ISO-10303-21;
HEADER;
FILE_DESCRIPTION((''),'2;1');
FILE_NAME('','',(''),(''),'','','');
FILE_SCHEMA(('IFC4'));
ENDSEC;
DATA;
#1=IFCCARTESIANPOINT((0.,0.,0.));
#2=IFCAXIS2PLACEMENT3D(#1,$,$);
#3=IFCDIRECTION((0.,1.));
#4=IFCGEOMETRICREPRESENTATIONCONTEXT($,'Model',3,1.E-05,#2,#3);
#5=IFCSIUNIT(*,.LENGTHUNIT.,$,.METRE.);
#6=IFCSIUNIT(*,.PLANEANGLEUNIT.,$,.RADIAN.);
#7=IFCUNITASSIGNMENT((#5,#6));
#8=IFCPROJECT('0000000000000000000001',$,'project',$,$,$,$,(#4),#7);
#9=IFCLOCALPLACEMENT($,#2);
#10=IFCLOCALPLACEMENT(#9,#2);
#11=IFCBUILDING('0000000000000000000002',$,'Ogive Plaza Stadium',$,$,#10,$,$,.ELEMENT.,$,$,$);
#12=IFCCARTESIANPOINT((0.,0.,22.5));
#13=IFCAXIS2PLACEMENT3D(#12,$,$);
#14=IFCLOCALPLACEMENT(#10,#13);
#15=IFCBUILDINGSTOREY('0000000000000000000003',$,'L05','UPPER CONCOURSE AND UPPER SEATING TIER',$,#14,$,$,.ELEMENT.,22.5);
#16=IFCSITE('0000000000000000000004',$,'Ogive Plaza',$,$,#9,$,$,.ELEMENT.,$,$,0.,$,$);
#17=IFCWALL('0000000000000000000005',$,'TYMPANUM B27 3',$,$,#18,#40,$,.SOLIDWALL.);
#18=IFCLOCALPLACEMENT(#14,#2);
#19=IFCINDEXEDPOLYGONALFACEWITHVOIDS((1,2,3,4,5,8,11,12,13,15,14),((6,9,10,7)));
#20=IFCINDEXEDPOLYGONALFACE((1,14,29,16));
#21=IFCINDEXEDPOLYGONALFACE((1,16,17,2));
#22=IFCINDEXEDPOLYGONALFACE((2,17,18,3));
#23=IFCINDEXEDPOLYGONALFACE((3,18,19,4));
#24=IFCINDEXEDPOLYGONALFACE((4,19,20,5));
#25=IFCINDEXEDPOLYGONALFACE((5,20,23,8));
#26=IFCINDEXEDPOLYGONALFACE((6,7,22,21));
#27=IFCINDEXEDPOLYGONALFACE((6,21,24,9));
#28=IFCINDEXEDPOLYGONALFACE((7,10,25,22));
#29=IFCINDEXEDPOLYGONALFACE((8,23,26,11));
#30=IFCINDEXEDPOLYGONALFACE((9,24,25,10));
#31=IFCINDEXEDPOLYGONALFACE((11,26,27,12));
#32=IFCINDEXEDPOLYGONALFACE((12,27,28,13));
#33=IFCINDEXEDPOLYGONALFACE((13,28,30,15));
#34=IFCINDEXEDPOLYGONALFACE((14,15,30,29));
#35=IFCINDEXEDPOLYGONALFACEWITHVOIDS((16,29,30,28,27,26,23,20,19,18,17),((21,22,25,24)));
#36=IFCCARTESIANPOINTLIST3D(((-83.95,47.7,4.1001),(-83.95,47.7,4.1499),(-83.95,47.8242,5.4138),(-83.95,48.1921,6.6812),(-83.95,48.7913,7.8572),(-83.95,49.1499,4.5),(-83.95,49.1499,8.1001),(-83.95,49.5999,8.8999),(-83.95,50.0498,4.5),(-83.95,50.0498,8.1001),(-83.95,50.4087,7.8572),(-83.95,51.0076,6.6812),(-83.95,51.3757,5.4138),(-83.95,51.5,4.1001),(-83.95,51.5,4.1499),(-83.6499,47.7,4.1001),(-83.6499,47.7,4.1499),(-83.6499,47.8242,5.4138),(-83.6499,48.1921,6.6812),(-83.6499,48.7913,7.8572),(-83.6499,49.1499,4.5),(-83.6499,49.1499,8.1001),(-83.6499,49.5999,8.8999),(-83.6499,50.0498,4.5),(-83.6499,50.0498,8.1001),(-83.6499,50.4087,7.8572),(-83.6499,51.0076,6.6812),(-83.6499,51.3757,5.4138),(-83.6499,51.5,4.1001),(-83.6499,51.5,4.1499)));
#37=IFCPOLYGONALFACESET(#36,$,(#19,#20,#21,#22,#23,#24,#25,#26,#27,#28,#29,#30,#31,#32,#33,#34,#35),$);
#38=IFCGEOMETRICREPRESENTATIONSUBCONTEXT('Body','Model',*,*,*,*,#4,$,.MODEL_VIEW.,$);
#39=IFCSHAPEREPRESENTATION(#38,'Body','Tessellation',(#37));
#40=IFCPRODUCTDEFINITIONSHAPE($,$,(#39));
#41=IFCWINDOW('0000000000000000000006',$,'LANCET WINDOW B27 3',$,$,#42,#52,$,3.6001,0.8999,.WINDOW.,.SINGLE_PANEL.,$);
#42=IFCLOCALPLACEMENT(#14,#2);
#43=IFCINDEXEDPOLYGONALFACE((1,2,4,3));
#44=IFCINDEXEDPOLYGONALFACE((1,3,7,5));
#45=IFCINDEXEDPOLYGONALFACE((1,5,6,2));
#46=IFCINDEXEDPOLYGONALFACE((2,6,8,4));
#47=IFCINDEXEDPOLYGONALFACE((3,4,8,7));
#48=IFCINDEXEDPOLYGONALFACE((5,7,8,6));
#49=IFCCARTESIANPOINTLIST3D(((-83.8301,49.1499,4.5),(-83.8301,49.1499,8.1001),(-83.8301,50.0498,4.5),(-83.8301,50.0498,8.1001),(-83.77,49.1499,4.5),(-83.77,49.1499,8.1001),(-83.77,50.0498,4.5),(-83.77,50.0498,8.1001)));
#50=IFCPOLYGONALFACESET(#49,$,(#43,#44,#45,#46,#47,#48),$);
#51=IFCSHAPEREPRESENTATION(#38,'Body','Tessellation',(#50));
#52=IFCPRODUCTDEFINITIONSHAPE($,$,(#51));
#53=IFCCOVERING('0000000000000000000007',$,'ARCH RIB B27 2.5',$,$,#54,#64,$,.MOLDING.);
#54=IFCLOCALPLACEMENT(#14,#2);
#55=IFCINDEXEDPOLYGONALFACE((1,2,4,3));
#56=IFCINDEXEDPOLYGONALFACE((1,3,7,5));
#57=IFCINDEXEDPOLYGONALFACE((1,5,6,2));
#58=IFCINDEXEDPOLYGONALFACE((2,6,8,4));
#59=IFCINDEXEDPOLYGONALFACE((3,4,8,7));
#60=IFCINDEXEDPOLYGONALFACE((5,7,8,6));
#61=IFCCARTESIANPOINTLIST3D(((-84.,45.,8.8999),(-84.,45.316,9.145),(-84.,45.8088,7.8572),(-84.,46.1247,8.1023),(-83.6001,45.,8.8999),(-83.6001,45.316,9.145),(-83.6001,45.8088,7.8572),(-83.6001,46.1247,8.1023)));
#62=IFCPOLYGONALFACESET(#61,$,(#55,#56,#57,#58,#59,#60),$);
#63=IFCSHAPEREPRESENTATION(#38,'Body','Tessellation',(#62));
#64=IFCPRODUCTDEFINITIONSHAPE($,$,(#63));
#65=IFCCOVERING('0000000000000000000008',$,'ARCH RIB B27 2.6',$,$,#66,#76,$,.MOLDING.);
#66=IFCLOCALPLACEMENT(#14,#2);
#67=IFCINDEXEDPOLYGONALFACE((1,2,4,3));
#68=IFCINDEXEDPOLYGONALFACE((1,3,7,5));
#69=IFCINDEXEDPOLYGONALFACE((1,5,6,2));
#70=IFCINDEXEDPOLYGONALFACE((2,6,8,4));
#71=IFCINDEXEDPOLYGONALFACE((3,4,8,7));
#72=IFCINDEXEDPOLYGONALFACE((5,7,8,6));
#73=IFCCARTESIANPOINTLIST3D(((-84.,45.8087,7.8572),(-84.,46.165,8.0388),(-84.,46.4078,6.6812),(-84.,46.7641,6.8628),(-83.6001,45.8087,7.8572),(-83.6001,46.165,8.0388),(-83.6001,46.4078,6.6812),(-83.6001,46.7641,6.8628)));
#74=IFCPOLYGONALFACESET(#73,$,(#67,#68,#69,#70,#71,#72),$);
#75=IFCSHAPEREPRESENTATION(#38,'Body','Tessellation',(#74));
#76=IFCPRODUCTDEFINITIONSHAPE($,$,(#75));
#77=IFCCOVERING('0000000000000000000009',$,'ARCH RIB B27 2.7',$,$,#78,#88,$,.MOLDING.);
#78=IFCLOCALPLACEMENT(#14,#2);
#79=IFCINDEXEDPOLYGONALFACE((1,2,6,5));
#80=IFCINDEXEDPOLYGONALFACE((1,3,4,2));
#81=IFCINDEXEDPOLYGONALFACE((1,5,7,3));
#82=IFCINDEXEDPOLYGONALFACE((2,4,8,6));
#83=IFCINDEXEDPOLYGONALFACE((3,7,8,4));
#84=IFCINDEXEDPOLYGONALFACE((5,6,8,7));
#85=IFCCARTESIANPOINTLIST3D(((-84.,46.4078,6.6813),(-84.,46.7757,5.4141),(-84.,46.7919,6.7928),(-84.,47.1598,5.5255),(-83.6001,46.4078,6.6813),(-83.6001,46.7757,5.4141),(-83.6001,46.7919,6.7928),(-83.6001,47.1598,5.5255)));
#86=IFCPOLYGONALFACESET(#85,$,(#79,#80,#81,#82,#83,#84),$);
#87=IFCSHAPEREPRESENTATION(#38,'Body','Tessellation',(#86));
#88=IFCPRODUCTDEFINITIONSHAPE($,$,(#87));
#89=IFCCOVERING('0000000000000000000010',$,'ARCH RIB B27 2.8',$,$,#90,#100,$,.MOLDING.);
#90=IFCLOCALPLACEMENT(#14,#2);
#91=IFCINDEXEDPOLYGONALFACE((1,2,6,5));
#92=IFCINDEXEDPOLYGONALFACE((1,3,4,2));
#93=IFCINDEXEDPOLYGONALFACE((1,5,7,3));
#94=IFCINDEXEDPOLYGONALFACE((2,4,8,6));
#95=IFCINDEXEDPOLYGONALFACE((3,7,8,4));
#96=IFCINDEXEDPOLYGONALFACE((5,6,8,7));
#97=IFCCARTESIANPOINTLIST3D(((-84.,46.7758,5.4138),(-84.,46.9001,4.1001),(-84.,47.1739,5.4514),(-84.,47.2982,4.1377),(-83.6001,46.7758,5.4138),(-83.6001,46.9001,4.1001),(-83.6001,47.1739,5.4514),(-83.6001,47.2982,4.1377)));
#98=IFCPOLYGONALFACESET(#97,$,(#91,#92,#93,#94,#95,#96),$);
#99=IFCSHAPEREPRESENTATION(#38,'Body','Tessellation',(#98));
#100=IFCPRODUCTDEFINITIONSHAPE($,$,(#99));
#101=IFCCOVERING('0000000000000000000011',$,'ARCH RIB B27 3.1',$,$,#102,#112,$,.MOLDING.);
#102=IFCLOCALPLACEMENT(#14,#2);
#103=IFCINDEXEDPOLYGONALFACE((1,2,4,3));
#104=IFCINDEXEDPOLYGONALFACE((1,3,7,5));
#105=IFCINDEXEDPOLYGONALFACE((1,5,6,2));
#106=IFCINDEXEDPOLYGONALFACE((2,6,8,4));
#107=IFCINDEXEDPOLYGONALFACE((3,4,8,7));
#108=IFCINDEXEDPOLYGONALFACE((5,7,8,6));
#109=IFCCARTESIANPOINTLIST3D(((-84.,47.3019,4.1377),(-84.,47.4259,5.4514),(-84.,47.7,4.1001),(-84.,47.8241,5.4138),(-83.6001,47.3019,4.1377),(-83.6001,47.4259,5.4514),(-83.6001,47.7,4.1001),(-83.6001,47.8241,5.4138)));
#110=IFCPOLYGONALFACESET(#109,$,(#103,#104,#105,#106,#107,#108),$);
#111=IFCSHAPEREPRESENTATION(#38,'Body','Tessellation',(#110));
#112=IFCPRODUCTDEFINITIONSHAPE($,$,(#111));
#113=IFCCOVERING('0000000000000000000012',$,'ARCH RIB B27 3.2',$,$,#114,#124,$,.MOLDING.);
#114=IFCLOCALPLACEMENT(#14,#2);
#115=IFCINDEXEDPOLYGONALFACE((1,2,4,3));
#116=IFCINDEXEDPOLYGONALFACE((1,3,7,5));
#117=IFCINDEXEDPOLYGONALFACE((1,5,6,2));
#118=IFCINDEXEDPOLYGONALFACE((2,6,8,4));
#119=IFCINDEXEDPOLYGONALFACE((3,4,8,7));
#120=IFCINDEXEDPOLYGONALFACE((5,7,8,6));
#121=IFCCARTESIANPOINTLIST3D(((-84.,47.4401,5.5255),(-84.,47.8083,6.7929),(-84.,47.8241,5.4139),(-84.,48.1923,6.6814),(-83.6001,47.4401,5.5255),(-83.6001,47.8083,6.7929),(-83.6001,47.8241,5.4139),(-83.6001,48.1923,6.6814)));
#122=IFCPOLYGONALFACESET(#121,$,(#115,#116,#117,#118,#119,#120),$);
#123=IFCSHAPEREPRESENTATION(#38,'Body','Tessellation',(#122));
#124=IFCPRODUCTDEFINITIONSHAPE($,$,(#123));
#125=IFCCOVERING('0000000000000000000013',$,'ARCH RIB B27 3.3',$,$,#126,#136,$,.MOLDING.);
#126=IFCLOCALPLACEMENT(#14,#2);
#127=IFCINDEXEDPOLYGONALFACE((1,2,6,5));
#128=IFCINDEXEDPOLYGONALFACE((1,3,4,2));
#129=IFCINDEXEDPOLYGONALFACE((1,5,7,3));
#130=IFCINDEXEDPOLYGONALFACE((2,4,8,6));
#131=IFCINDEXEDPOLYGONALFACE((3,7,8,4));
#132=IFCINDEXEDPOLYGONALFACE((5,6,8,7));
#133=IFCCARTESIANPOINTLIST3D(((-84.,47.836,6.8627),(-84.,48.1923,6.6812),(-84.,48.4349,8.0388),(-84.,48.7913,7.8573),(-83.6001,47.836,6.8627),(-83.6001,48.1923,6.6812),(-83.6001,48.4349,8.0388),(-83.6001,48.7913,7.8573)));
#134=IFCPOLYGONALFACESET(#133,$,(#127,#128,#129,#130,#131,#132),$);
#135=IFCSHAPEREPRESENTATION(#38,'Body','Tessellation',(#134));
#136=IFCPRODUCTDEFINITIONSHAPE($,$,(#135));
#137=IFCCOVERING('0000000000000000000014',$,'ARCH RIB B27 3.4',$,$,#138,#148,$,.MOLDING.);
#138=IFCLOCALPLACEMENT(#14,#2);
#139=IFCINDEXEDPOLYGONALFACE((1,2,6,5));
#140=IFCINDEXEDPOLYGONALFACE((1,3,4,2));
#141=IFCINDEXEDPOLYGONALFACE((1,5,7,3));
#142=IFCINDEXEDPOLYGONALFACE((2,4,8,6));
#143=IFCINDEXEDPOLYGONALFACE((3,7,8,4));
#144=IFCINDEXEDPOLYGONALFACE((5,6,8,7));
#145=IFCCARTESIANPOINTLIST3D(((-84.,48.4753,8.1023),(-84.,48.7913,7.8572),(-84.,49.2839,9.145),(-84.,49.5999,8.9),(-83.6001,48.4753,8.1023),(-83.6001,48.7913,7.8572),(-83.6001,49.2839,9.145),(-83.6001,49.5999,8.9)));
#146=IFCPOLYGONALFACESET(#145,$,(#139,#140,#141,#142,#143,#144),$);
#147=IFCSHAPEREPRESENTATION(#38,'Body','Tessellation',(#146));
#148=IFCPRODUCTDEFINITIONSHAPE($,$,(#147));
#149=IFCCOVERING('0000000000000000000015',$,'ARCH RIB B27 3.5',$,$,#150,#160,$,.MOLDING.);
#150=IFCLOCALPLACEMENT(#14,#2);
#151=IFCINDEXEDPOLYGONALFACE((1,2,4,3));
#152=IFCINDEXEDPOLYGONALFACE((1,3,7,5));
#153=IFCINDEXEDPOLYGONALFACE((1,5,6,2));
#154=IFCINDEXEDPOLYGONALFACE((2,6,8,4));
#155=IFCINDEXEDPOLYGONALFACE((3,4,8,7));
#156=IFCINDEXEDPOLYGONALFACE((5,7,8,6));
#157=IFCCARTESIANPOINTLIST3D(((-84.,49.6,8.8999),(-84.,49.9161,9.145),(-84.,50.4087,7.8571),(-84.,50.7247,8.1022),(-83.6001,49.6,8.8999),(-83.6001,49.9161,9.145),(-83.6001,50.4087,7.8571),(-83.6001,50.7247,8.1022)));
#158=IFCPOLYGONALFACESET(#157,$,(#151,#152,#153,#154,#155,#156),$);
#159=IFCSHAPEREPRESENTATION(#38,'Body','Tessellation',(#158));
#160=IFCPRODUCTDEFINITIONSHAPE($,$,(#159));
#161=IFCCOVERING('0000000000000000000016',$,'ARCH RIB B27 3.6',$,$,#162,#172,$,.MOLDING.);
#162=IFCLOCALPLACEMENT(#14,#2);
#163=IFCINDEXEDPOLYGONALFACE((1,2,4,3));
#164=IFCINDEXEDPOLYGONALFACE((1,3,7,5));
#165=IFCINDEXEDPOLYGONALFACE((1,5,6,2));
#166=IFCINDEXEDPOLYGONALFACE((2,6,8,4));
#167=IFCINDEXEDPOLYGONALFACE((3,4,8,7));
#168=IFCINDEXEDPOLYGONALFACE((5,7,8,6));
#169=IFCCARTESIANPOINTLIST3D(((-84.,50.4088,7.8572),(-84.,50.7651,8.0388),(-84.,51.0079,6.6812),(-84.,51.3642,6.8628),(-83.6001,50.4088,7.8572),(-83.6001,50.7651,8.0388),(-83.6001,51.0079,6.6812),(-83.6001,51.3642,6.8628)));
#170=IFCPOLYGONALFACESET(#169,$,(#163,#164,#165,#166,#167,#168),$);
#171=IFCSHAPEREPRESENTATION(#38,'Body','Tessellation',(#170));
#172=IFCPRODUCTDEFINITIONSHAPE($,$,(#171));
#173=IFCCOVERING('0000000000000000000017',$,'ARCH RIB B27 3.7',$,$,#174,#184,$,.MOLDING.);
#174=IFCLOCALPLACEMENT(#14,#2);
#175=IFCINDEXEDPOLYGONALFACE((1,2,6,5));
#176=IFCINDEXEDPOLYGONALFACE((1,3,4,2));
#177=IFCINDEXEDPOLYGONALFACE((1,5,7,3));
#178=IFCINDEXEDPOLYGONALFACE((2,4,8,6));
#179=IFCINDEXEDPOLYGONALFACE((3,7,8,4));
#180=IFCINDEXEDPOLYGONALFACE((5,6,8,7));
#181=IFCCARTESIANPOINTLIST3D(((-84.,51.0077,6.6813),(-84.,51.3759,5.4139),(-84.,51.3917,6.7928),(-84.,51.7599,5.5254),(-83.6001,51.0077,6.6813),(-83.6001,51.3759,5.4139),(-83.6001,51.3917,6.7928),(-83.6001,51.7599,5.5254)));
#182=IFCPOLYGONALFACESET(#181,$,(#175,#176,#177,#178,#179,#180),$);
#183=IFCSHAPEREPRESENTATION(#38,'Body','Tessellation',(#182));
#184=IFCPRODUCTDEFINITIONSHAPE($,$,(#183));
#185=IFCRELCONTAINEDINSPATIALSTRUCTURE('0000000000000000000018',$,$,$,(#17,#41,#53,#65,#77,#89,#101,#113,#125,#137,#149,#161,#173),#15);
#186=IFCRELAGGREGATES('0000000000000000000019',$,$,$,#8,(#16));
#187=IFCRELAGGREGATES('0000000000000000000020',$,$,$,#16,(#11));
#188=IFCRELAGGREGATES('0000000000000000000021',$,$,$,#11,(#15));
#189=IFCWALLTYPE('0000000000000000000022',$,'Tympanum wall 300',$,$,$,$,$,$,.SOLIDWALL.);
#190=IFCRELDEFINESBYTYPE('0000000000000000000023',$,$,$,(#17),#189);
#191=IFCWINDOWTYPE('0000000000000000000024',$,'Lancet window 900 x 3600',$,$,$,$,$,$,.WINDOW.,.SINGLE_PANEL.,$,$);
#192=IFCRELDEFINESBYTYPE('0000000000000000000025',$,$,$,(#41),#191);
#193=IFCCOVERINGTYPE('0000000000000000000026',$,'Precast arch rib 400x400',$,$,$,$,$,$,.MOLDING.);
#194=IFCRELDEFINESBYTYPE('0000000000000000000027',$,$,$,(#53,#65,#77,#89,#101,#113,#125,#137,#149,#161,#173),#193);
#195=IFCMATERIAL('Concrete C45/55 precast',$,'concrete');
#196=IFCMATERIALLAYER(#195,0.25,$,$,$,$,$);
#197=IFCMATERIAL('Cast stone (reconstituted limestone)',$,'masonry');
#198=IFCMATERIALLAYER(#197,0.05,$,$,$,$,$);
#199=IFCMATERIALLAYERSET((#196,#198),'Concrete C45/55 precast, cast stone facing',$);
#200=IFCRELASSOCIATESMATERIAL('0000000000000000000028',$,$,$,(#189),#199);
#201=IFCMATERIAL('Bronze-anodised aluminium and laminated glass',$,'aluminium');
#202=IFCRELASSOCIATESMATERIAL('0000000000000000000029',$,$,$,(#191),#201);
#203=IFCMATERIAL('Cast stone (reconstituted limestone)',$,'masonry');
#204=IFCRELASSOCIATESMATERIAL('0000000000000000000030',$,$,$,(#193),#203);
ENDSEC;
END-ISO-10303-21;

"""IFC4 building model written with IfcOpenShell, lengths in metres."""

from ifc_helpers import new_model, si_unit, direction, frame, frame_2d, origin, origin_2d, place, context, subcontext, project, spatial, polyline, rectangle, outline, extrude, material, layer, layer_set, material_profile, profile_set, type_object, element, fill, save


model = new_model("IFC4")

# Units and contexts
model_context = context("Model", 3, precision=1e-05, world=origin(), true_north=direction((0.0, 1.0)))
body_context = subcontext(model_context, "Body", "Model", "MODEL_VIEW")
ifc_project = project(units=[si_unit("LENGTHUNIT", "METRE"), si_unit("PLANEANGLEUNIT", "RADIAN")], contexts=[model_context])

# Site, building, storey
site_placement = place(None, origin())
site = spatial("IfcSite", under=ifc_project, at=site_placement, Name="Ogive Plaza", CompositionType="ELEMENT", RefElevation=0.0)
building_placement = place(site_placement, origin())
building = spatial("IfcBuilding", under=site, at=building_placement, Name="Ogive Plaza Stadium", CompositionType="ELEMENT")
storey_placement = place(building_placement, frame((0.0, 0.0, 22.5)))
storey = spatial("IfcBuildingStorey", under=building, at=storey_placement, Name="L05", Description="UPPER CONCOURSE AND UPPER SEATING TIER", CompositionType="ELEMENT", Elevation=22.5)

# Wall, opening, window
ifc_material_1 = material(Name="Concrete C45/55 precast", Category="concrete")
ifc_layer_1 = layer(ifc_material_1, 0.25)
ifc_material_2 = material(Name="Cast stone (reconstituted limestone)", Category="masonry")
ifc_layer_2 = layer(ifc_material_2, 0.05)
ifc_layer_set_1 = layer_set([ifc_layer_1, ifc_layer_2], Name="Concrete C45/55 precast, cast stone facing")
wall_type = type_object("IfcWallType", Name="Tympanum wall 300", PredefinedType="SOLIDWALL", material=ifc_layer_set_1)
wall_placement = place(storey_placement, frame((-83.8, 47.7, 4.1001), z_axis=(0.0, 0.0, 1.0), x_axis=(0.0, 1.0, 0.0)))
wall = element("IfcWall", 1, at=wall_placement, inside=storey, type_object=wall_type, Name="TYMPANUM B27 3", PredefinedType="SOLIDWALL", context=body_context, shape_type="SweptSolid", body=[
    extrude(outline(polyline([(0.0, 0.0), (3.8, 0.0), (3.8, 0.0498), (3.6758, 1.3137), (3.3076, 2.5811), (2.7087, 3.7571), (1.8999, 4.7998), (1.0913, 3.7571), (0.4922, 2.5811), (0.1243, 1.3137), (0.0, 0.0498), (0.0, 0.0)])), frame((0.0, 0.1499, 0.0), z_axis=(0.0, -1.0, 0.0), x_axis=(1.0, 0.0, 0.0)), (0.0, 0.0, 1.0), 0.3),
])
opening_placement = place(wall_placement, frame((1.45, 0.0, 0.3999)))
opening = element("IfcOpeningElement", 2, at=opening_placement, cuts=wall, PredefinedType="OPENING", context=body_context, shape_type="SweptSolid", body=[
    extrude(rectangle(XDim=0.8999, YDim=3.6001, at=frame_2d((0.45, 1.8))), frame((0.0, 0.1602, 0.0), z_axis=(0.0, -1.0, 0.0), x_axis=(1.0, 0.0, 0.0)), (0.0, 0.0, 1.0), 0.3201),
])
ifc_material_3 = material(Name="Bronze-anodised aluminium and laminated glass", Category="aluminium")
window_type = type_object("IfcWindowType", Name="Lancet window 900 x 3600", PartitioningType="SINGLE_PANEL", PredefinedType="WINDOW", material=ifc_material_3)
window_placement = place(opening_placement, origin())
window = element("IfcWindow", 3, at=window_placement, inside=storey, type_object=window_type, Name="LANCET WINDOW B27 3", OverallHeight=3.6001, OverallWidth=0.8999, PartitioningType="SINGLE_PANEL", PredefinedType="WINDOW", context=body_context, shape_type="SweptSolid", body=[
    extrude(rectangle(XDim=0.8999, YDim=3.6001, at=frame_2d((0.45, 1.8))), frame((0.0, 0.03, 0.0), z_axis=(0.0, -1.0, 0.0), x_axis=(1.0, 0.0, 0.0)), (0.0, 0.0, 1.0), 0.0601),
])
fill(opening, window)

# Coverings
ifc_material_4 = material(Name="Cast stone (reconstituted limestone)", Category="masonry")
ifc_material_profile_1 = material_profile(ifc_material_4, rectangle(XDim=0.3999, YDim=0.3999, at=origin_2d()), Name="Cast stone 400x400")
ifc_profile_set_1 = profile_set([ifc_material_profile_1], Name="Cast stone (reconstituted limestone)")
covering_type = type_object("IfcCoveringType", Name="Precast arch rib 400x400", PredefinedType="MOLDING", material=ifc_profile_set_1)
covering_1_placement = place(storey_placement, frame((-83.8, 45.158, 9.0225), z_axis=(0.0, 0.612915, -0.790148), x_axis=(-1.0, 0.0, 0.0)))
element("IfcCovering", 4, at=covering_1_placement, inside=storey, type_object=covering_type, Name="ARCH RIB B27 2.5", PredefinedType="MOLDING", context=body_context, shape_type="SweptSolid", body=[
    extrude(rectangle(XDim=0.3999, YDim=0.3999, at=origin_2d()), origin(), (0.0, 0.0, 1.0), 1.3196),
])
covering_2_placement = place(storey_placement, frame((-83.8, 45.9868, 7.948), z_axis=(0.0, 0.453934, -0.891035), x_axis=(-1.0, 0.0, 0.0)))
element("IfcCovering", 5, at=covering_2_placement, inside=storey, type_object=covering_type, Name="ARCH RIB B27 2.6", PredefinedType="MOLDING", context=body_context, shape_type="SweptSolid", body=[
    extrude(rectangle(XDim=0.3999, YDim=0.3999, at=origin_2d()), origin(), (0.0, 0.0, 1.0), 1.3198),
])
for number, where, z_axis, x_axis, name in (
    (6, (-83.8, 46.5999, 6.7371), (0.0, 0.278799, -0.960349), (-1.0, 0.0, 0.0), "ARCH RIB B27 2.7"),
    (7, (-83.8, 46.9749, 5.4326), (0.0, 0.094172, -0.995556), (-1.0, 0.0, 0.0), "ARCH RIB B27 2.8"),
    (8, (-83.8, 47.501, 4.1189), (0.0, 0.093988, 0.995573), (-1.0, 0.0, 0.0), "ARCH RIB B27 3.1"),
):
    element("IfcCovering", number, at=place(storey_placement, frame(where, z_axis=z_axis, x_axis=x_axis)), inside=storey, type_object=covering_type, Name=name, PredefinedType="MOLDING", context=body_context, shape_type="SweptSolid", body=[
        extrude(rectangle(XDim=0.3999, YDim=0.3999, at=origin_2d()), origin(), (0.0, 0.0, 1.0), 1.3196),
    ])
for number, where, z_axis, x_axis, name in (
    (9, (-83.8, 47.6321, 5.4697), (0.0, 0.27897, 0.9603), (-1.0, 0.0, 0.0), "ARCH RIB B27 3.2"),
    (10, (-83.8, 48.0142, 6.772), (0.0, 0.453787, 0.89111), (-1.0, 0.0, 0.0), "ARCH RIB B27 3.3"),
):
    element("IfcCovering", number, at=place(storey_placement, frame(where, z_axis=z_axis, x_axis=x_axis)), inside=storey, type_object=covering_type, Name=name, PredefinedType="MOLDING", context=body_context, shape_type="SweptSolid", body=[
        extrude(rectangle(XDim=0.3999, YDim=0.3999, at=origin_2d()), origin(), (0.0, 0.0, 1.0), 1.3198),
    ])
for number, where, z_axis, x_axis, name in (
    (11, (-83.8, 48.6333, 7.9797), (0.0, 0.6128, 0.790238), (-1.0, 0.0, 0.0), "ARCH RIB B27 3.4"),
    (12, (-83.8, 49.7581, 9.0225), (0.0, 0.6128, -0.790238), (-1.0, 0.0, 0.0), "ARCH RIB B27 3.5"),
):
    element("IfcCovering", number, at=place(storey_placement, frame(where, z_axis=z_axis, x_axis=x_axis)), inside=storey, type_object=covering_type, Name=name, PredefinedType="MOLDING", context=body_context, shape_type="SweptSolid", body=[
        extrude(rectangle(XDim=0.3999, YDim=0.3999, at=origin_2d()), origin(), (0.0, 0.0, 1.0), 1.3196),
    ])
for number, where, z_axis, x_axis, name in (
    (13, (-83.8, 50.5869, 7.948), (0.0, 0.453934, -0.891035), (-1.0, 0.0, 0.0), "ARCH RIB B27 3.6"),
    (14, (-83.8, 51.1997, 6.7371), (0.0, 0.27897, -0.9603), (-1.0, 0.0, 0.0), "ARCH RIB B27 3.7"),
):
    element("IfcCovering", number, at=place(storey_placement, frame(where, z_axis=z_axis, x_axis=x_axis)), inside=storey, type_object=covering_type, Name=name, PredefinedType="MOLDING", context=body_context, shape_type="SweptSolid", body=[
        extrude(rectangle(XDim=0.3999, YDim=0.3999, at=origin_2d()), origin(), (0.0, 0.0, 1.0), 1.3198),
    ])

save(model, "model.ifc")
